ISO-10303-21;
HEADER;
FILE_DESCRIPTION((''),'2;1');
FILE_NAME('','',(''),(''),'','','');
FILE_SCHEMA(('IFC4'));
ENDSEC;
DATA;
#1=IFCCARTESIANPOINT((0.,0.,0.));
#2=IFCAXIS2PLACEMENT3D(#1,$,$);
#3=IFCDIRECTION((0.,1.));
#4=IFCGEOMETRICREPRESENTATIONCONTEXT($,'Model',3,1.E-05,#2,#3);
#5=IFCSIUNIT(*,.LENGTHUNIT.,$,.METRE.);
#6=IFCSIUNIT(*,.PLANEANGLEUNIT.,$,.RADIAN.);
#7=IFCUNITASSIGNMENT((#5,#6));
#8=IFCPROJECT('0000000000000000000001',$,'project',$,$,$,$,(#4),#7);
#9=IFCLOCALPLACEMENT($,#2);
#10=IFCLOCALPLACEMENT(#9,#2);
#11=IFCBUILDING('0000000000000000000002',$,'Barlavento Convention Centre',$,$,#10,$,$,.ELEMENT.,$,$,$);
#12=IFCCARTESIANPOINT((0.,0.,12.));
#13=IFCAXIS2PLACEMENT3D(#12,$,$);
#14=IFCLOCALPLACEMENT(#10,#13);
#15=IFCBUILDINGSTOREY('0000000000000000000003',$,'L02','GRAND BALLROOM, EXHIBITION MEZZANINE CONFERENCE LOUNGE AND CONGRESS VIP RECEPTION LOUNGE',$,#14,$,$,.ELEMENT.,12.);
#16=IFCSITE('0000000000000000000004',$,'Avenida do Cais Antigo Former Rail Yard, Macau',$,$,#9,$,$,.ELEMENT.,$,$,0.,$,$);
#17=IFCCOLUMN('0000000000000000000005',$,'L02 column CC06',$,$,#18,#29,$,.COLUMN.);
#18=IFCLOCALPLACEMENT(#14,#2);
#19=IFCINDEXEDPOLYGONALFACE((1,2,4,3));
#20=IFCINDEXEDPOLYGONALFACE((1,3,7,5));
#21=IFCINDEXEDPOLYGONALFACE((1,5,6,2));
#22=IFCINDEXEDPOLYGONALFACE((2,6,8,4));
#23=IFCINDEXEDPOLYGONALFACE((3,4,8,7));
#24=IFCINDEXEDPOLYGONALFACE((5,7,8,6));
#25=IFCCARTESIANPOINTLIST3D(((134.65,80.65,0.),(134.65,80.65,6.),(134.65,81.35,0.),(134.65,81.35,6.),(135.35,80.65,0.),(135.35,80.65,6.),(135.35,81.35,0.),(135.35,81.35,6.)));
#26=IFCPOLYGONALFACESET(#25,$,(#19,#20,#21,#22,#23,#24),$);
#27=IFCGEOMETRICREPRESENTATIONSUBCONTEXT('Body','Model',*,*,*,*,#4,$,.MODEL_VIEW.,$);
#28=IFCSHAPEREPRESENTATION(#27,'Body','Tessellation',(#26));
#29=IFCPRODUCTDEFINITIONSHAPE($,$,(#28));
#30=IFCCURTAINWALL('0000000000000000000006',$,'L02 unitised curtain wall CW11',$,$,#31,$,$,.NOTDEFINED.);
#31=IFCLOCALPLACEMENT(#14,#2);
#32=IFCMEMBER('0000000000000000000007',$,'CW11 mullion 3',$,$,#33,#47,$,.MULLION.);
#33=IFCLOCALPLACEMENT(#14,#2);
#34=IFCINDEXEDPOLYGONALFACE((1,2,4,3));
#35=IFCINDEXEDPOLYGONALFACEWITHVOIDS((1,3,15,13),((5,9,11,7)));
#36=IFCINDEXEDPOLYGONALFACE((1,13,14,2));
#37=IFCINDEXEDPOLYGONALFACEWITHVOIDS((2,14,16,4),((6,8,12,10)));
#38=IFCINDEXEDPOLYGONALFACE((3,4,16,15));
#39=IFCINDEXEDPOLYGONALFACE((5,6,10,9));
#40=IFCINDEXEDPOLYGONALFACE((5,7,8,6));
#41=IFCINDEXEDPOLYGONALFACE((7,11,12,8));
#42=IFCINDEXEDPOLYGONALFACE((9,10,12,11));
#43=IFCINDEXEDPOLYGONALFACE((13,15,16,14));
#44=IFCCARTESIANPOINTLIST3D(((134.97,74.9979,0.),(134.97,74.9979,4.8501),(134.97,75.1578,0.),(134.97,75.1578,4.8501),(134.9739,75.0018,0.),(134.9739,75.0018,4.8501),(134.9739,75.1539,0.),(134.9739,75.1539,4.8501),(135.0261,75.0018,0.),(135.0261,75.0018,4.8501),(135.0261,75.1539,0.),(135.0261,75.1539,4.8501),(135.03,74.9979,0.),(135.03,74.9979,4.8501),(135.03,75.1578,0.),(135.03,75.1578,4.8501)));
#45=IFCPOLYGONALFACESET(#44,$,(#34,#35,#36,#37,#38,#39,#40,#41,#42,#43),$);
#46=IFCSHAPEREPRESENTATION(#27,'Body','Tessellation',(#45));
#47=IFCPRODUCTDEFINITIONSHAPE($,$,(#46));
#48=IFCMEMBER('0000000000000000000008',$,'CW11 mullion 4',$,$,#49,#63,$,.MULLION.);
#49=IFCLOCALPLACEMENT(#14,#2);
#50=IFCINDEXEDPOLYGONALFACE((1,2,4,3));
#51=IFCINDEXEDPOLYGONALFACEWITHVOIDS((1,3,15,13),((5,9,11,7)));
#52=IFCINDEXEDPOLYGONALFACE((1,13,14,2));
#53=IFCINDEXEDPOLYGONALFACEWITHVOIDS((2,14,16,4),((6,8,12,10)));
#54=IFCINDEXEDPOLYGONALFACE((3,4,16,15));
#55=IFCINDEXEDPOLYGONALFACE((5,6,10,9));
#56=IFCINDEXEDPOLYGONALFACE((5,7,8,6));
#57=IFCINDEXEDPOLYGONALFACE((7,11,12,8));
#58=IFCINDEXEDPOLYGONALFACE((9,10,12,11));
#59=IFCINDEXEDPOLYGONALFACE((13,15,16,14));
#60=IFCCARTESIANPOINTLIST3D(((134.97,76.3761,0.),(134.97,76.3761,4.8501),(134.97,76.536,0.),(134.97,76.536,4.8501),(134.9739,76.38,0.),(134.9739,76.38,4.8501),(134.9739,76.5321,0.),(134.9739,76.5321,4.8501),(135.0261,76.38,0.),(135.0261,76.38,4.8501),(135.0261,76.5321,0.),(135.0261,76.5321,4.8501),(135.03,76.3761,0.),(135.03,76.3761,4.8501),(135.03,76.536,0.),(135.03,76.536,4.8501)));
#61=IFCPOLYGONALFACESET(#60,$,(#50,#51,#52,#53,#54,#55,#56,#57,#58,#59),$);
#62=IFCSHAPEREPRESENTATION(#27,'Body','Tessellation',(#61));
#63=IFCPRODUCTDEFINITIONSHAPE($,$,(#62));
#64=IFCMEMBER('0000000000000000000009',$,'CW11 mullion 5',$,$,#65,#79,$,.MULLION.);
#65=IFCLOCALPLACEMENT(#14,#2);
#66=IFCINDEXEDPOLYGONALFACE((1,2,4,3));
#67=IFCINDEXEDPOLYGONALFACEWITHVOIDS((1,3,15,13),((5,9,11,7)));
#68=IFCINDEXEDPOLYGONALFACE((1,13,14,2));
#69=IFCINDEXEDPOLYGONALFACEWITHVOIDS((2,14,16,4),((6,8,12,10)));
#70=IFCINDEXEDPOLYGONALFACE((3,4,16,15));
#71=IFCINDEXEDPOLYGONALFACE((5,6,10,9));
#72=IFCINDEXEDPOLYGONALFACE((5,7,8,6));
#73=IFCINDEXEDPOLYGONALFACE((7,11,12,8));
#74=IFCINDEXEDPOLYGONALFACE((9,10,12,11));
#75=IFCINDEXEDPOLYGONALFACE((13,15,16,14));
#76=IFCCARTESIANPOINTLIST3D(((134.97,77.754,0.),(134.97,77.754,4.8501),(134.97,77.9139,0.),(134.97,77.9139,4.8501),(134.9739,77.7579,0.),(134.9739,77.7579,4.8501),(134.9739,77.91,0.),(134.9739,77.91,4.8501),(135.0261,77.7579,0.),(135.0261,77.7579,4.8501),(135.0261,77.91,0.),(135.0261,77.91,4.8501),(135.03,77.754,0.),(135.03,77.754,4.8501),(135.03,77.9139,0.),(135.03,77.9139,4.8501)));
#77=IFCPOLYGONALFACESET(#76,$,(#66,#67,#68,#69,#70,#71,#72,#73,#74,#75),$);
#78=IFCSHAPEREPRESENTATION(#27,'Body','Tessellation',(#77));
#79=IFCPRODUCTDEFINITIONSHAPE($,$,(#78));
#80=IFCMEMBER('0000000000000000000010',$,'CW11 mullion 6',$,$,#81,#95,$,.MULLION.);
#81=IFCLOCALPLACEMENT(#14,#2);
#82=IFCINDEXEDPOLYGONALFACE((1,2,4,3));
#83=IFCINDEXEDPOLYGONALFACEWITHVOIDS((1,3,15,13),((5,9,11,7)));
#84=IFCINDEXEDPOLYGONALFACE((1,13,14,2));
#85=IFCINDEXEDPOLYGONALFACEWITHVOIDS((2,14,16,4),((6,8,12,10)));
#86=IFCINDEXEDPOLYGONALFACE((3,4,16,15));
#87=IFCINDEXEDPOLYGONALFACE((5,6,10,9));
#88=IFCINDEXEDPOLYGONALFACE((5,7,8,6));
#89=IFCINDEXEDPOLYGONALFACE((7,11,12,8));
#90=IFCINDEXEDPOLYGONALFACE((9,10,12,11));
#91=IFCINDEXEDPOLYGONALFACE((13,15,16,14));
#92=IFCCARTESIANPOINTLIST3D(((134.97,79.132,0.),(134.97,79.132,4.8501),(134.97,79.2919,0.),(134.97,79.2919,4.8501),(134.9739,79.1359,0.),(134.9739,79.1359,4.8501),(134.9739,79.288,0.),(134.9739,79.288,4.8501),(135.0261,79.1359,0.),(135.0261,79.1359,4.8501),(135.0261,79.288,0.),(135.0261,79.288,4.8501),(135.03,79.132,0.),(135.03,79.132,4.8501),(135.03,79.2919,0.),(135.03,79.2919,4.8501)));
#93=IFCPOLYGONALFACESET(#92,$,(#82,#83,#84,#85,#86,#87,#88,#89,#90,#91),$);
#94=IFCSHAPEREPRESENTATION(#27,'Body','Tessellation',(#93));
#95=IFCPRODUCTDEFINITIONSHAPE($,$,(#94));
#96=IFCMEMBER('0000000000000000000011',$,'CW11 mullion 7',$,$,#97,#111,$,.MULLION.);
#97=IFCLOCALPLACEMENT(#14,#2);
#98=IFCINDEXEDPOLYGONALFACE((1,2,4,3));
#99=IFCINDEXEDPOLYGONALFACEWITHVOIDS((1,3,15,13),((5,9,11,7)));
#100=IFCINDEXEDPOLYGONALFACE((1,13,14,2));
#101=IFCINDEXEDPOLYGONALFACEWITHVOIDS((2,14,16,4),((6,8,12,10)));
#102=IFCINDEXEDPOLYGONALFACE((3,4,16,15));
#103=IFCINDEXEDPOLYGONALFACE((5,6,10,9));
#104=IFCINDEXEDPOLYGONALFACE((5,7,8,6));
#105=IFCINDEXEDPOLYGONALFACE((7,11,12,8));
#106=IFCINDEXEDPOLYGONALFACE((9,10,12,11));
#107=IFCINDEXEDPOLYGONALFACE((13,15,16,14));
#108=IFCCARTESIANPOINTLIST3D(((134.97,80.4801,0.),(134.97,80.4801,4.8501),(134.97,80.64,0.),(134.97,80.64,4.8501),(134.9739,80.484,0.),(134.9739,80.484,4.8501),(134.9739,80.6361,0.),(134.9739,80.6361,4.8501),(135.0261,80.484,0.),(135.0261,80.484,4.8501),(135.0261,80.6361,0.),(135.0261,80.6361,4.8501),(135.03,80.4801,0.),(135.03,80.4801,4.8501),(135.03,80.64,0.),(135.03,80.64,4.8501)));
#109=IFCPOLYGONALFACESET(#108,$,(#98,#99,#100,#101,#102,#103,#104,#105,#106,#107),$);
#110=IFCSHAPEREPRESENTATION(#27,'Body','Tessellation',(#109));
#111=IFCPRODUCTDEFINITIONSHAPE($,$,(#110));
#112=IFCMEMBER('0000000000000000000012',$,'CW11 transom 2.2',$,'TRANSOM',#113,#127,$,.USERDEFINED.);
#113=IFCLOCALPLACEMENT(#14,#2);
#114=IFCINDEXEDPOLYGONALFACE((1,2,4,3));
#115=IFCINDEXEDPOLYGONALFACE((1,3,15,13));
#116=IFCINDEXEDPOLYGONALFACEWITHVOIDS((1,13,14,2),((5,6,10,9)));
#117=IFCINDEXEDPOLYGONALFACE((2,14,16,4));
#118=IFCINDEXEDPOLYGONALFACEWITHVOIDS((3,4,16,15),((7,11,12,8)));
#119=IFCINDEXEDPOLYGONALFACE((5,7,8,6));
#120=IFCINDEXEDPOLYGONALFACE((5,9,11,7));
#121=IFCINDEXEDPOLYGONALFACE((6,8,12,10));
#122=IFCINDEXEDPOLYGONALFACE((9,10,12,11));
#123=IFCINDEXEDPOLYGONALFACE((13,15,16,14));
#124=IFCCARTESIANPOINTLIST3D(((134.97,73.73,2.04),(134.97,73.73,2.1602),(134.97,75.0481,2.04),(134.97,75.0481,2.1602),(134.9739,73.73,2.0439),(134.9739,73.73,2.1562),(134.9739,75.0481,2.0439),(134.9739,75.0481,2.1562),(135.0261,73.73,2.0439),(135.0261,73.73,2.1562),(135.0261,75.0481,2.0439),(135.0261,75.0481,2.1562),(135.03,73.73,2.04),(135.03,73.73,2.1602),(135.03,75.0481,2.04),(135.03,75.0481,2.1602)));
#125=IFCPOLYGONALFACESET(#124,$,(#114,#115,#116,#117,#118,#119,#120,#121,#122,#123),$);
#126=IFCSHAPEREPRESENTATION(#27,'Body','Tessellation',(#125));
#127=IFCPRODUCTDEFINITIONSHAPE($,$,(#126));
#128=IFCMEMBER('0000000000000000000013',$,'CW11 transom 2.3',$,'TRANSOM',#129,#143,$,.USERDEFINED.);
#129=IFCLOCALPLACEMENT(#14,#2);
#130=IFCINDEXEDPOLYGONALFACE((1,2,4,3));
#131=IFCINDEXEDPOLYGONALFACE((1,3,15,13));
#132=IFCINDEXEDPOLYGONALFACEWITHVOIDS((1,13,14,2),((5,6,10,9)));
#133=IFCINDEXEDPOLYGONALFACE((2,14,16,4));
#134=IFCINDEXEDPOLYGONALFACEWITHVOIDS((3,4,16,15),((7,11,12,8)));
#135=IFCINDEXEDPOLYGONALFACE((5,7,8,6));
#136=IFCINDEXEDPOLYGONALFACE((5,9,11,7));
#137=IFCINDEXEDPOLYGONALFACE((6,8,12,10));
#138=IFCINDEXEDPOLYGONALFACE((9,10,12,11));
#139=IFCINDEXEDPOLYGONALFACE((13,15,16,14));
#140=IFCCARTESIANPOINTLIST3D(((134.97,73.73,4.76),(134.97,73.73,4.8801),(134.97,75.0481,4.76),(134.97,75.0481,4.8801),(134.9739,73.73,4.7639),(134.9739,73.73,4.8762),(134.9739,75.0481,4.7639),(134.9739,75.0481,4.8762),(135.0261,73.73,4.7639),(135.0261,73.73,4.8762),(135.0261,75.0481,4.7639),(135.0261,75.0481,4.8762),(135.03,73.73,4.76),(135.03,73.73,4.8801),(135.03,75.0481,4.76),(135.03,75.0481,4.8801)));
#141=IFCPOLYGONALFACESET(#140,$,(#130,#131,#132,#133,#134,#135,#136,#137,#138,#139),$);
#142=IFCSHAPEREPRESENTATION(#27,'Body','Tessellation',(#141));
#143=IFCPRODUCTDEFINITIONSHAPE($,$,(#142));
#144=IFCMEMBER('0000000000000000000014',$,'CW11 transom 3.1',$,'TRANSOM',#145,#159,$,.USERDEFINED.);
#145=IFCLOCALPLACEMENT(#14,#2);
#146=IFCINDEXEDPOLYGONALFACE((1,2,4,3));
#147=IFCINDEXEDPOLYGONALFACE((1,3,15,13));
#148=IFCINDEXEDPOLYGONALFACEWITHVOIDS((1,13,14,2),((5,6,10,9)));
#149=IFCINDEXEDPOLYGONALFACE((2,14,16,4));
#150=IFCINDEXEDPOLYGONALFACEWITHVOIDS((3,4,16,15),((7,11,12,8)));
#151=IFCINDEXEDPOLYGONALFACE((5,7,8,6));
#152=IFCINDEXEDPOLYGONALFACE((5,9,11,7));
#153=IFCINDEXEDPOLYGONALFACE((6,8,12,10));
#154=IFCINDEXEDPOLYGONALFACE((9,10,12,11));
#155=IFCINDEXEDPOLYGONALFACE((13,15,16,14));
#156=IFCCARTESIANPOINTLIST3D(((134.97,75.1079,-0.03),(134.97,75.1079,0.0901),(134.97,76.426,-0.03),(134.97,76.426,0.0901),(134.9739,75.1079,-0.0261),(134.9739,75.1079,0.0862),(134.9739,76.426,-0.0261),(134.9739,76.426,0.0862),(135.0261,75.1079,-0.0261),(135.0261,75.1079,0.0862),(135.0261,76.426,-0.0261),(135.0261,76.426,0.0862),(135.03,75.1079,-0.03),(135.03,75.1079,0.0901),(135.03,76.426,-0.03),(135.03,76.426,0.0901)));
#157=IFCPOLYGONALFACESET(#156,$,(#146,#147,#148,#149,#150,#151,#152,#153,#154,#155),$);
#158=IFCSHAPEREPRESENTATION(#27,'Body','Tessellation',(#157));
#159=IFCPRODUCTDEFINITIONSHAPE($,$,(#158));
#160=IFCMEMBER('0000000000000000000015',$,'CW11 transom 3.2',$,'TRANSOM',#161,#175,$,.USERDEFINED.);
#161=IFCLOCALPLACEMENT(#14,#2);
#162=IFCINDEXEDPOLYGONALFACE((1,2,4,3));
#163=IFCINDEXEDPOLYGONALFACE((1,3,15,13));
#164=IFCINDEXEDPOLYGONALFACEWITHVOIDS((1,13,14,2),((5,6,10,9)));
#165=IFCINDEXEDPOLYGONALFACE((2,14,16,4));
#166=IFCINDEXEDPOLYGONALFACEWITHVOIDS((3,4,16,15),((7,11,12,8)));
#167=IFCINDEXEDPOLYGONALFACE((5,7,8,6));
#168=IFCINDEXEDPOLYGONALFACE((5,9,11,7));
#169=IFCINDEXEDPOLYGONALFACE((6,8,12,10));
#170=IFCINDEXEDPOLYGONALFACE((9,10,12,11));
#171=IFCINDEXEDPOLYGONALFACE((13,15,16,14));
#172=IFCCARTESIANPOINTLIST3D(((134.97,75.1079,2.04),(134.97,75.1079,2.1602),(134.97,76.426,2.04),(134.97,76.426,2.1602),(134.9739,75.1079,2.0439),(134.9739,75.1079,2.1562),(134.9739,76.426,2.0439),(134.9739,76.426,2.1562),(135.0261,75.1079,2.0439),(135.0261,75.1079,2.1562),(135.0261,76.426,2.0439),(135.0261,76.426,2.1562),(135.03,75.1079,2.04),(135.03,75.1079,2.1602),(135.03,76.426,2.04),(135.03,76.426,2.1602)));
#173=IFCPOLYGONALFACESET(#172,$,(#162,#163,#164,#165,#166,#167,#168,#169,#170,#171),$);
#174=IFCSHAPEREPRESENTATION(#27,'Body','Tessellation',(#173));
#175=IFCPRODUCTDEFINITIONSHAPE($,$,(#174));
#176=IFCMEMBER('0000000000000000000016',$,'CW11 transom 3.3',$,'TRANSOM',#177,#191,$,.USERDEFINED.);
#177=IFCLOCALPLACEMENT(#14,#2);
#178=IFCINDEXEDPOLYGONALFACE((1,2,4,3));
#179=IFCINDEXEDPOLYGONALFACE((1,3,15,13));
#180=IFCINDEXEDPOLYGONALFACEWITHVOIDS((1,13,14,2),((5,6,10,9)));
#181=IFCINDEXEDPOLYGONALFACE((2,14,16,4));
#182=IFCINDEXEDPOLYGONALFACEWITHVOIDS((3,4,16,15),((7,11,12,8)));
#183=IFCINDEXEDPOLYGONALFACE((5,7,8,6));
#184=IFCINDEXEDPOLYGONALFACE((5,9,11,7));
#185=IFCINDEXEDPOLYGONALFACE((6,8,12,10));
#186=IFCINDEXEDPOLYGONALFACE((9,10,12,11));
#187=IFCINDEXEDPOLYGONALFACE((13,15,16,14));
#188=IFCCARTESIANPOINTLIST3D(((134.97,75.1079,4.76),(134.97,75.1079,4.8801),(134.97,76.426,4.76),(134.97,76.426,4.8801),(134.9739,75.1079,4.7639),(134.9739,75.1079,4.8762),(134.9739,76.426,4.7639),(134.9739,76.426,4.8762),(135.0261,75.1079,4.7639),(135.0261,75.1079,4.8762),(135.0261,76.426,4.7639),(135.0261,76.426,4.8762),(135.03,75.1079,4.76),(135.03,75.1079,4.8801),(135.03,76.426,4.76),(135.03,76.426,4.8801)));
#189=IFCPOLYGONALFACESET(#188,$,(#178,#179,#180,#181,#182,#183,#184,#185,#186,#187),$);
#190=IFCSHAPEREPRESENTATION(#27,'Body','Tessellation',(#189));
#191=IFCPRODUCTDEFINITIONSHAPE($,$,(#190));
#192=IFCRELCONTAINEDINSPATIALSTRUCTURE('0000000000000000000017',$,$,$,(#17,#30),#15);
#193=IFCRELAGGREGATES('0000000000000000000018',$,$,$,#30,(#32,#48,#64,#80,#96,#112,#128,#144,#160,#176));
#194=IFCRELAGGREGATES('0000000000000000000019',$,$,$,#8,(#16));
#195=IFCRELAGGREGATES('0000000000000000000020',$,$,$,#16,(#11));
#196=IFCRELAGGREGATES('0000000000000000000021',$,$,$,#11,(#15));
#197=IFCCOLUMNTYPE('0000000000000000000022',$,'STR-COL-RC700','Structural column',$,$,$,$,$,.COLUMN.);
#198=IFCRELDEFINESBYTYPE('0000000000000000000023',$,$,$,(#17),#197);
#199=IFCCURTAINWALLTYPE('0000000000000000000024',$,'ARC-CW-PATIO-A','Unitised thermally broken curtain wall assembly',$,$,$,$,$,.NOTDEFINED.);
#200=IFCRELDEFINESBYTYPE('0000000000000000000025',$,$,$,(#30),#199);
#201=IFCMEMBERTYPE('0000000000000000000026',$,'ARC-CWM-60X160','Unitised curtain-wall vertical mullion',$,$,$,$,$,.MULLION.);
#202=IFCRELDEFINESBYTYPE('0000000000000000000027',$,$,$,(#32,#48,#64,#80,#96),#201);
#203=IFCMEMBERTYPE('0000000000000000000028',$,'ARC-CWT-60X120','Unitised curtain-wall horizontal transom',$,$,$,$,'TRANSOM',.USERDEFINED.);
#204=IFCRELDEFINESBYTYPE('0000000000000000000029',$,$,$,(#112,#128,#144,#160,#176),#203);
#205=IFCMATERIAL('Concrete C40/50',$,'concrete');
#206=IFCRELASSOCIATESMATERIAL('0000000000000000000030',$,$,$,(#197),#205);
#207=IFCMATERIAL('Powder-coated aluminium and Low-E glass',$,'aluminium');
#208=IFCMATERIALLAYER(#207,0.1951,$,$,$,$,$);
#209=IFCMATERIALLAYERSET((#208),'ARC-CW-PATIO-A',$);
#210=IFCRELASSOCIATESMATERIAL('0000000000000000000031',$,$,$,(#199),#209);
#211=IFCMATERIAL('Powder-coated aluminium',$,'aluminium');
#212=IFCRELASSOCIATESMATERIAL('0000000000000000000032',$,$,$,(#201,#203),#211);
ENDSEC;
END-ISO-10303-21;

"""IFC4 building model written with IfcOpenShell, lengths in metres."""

from ifc_helpers import new_model, si_unit, direction, frame, origin, origin_2d, place, context, subcontext, project, spatial, rectangle, hollow_rectangle, extrude, material, layer, layer_set, material_profile, profile_set, type_object, element, aggregate, save


model = new_model("IFC4")

# Units and contexts
model_context = context("Model", 3, precision=1e-05, world=origin(), true_north=direction((0.0, 1.0)))
body_context = subcontext(model_context, "Body", "Model", "MODEL_VIEW")
ifc_project = project(units=[si_unit("LENGTHUNIT", "METRE"), si_unit("PLANEANGLEUNIT", "RADIAN")], contexts=[model_context])

# Site, building, storey
site_placement = place(None, origin())
site = spatial("IfcSite", under=ifc_project, at=site_placement, Name="Avenida do Cais Antigo Former Rail Yard, Macau", CompositionType="ELEMENT", RefElevation=0.0)
building_placement = place(site_placement, origin())
building = spatial("IfcBuilding", under=site, at=building_placement, Name="Barlavento Convention Centre", CompositionType="ELEMENT")
storey_placement = place(building_placement, frame((0.0, 0.0, 12.0)))
storey = spatial("IfcBuildingStorey", under=building, at=storey_placement, Name="L02", Description="GRAND BALLROOM, EXHIBITION MEZZANINE CONFERENCE LOUNGE AND CONGRESS VIP RECEPTION LOUNGE", CompositionType="ELEMENT", Elevation=12.0)

# Column
ifc_material_1 = material(Name="Concrete C40/50", Category="concrete")
ifc_material_profile_1 = material_profile(ifc_material_1, rectangle(XDim=0.7, YDim=0.7, at=origin_2d()), Name="RC 700x700")
ifc_profile_set_1 = profile_set([ifc_material_profile_1], Name="Concrete C40/50")
column_type = type_object("IfcColumnType", Name="STR-COL-RC700", Description="Structural column", PredefinedType="COLUMN", material=ifc_profile_set_1)
column_placement = place(storey_placement, frame((135.0, 81.0, 0.0), z_axis=(0.0, 0.0, 1.0), x_axis=(1.0, 0.0, 0.0)))
element("IfcColumn", 1, at=column_placement, inside=storey, type_object=column_type, Name="L02 column CC06", PredefinedType="COLUMN", context=body_context, shape_type="SweptSolid", body=[
    extrude(rectangle(XDim=0.7, YDim=0.7, at=origin_2d()), origin(), (0.0, 0.0, 1.0), 6.0),
])

# Curtain wall, members
ifc_material_2 = material(Name="Powder-coated aluminium and Low-E glass", Category="aluminium")
ifc_layer_1 = layer(ifc_material_2, 0.1951)
ifc_layer_set_1 = layer_set([ifc_layer_1], Name="ARC-CW-PATIO-A")
curtain_wall_type = type_object("IfcCurtainWallType", Name="ARC-CW-PATIO-A", Description="Unitised thermally broken curtain wall assembly", PredefinedType="NOTDEFINED", material=ifc_layer_set_1)
curtain_wall_placement = place(storey_placement, origin())
curtain_wall = element("IfcCurtainWall", 2, at=curtain_wall_placement, inside=storey, type_object=curtain_wall_type, Name="L02 unitised curtain wall CW11", PredefinedType="NOTDEFINED")
ifc_material_3 = material(Name="Powder-coated aluminium", Category="aluminium")
ifc_material_profile_2 = material_profile(ifc_material_3, hollow_rectangle(XDim=0.0601, YDim=0.1599, WallThickness=0.0039, at=origin_2d()), Name="AL-MULL 60x160x4")
ifc_profile_set_2 = profile_set([ifc_material_profile_2], Name="Powder-coated aluminium")
member_type_1 = type_object("IfcMemberType", Name="ARC-CWM-60X160", Description="Unitised curtain-wall vertical mullion", PredefinedType="MULLION", material=ifc_profile_set_2)
member_1_placement = place(storey_placement, frame((135.0, 75.0779, 0.0), z_axis=(0.0, 0.0, 1.0), x_axis=(-1.0, 0.0, 0.0)))
member_1 = element("IfcMember", 3, at=member_1_placement, type_object=member_type_1, Name="CW11 mullion 3", PredefinedType="MULLION", context=body_context, shape_type="SweptSolid", body=[
    extrude(hollow_rectangle(XDim=0.0601, YDim=0.1599, WallThickness=0.0039, at=origin_2d()), origin(), (0.0, 0.0, 1.0), 4.8501),
])
member_2_placement = place(storey_placement, frame((135.0, 76.4561, 0.0), z_axis=(0.0, 0.0, 1.0), x_axis=(-1.0, 0.0, 0.0)))
member_2 = element("IfcMember", 4, at=member_2_placement, type_object=member_type_1, Name="CW11 mullion 4", PredefinedType="MULLION", context=body_context, shape_type="SweptSolid", body=[
    extrude(hollow_rectangle(XDim=0.0601, YDim=0.1599, WallThickness=0.0039, at=origin_2d()), origin(), (0.0, 0.0, 1.0), 4.8501),
])
member_3_placement = place(storey_placement, frame((135.0, 77.834, 0.0), z_axis=(0.0, 0.0, 1.0), x_axis=(-1.0, 0.0, 0.0)))
member_3 = element("IfcMember", 5, at=member_3_placement, type_object=member_type_1, Name="CW11 mullion 5", PredefinedType="MULLION", context=body_context, shape_type="SweptSolid", body=[
    extrude(hollow_rectangle(XDim=0.0601, YDim=0.1599, WallThickness=0.0039, at=origin_2d()), origin(), (0.0, 0.0, 1.0), 4.8501),
])
member_4_placement = place(storey_placement, frame((135.0, 79.2119, 0.0), z_axis=(0.0, 0.0, 1.0), x_axis=(-1.0, 0.0, 0.0)))
member_4 = element("IfcMember", 6, at=member_4_placement, type_object=member_type_1, Name="CW11 mullion 6", PredefinedType="MULLION", context=body_context, shape_type="SweptSolid", body=[
    extrude(hollow_rectangle(XDim=0.0601, YDim=0.1599, WallThickness=0.0039, at=origin_2d()), origin(), (0.0, 0.0, 1.0), 4.8501),
])
member_5_placement = place(storey_placement, frame((135.0, 80.5601, 0.0), z_axis=(0.0, 0.0, 1.0), x_axis=(-1.0, 0.0, 0.0)))
member_5 = element("IfcMember", 7, at=member_5_placement, type_object=member_type_1, Name="CW11 mullion 7", PredefinedType="MULLION", context=body_context, shape_type="SweptSolid", body=[
    extrude(hollow_rectangle(XDim=0.0601, YDim=0.1599, WallThickness=0.0039, at=origin_2d()), origin(), (0.0, 0.0, 1.0), 4.8501),
])
ifc_material_profile_3 = material_profile(ifc_material_3, hollow_rectangle(XDim=0.0601, YDim=0.1201, WallThickness=0.0039, at=origin_2d()), Name="AL-TRAN 60x120x4")
ifc_profile_set_3 = profile_set([ifc_material_profile_3], Name="Powder-coated aluminium")
member_type_2 = type_object("IfcMemberType", Name="ARC-CWT-60X120", Description="Unitised curtain-wall horizontal transom", ElementType="TRANSOM", PredefinedType="USERDEFINED", material=ifc_profile_set_3)
member_6_placement = place(storey_placement, frame((135.0, 73.73, 2.1001), z_axis=(0.0, 1.0, 0.0), x_axis=(-1.0, 0.0, 0.0)))
member_6 = element("IfcMember", 8, at=member_6_placement, type_object=member_type_2, Name="CW11 transom 2.2", ObjectType="TRANSOM", PredefinedType="USERDEFINED", context=body_context, shape_type="SweptSolid", body=[
    extrude(hollow_rectangle(XDim=0.0601, YDim=0.1201, WallThickness=0.0039, at=origin_2d()), origin(), (0.0, 0.0, 1.0), 1.3181),
])
member_7_placement = place(storey_placement, frame((135.0, 73.73, 4.8201), z_axis=(0.0, 1.0, 0.0), x_axis=(-1.0, 0.0, 0.0)))
member_7 = element("IfcMember", 9, at=member_7_placement, type_object=member_type_2, Name="CW11 transom 2.3", ObjectType="TRANSOM", PredefinedType="USERDEFINED", context=body_context, shape_type="SweptSolid", body=[
    extrude(hollow_rectangle(XDim=0.0601, YDim=0.1201, WallThickness=0.0039, at=origin_2d()), origin(), (0.0, 0.0, 1.0), 1.3181),
])
member_8_placement = place(storey_placement, frame((135.0, 75.1079, 0.03), z_axis=(0.0, 1.0, 0.0), x_axis=(-1.0, 0.0, 0.0)))
member_8 = element("IfcMember", 10, at=member_8_placement, type_object=member_type_2, Name="CW11 transom 3.1", ObjectType="TRANSOM", PredefinedType="USERDEFINED", context=body_context, shape_type="SweptSolid", body=[
    extrude(hollow_rectangle(XDim=0.0601, YDim=0.1201, WallThickness=0.0039, at=origin_2d()), origin(), (0.0, 0.0, 1.0), 1.3181),
])
member_9_placement = place(storey_placement, frame((135.0, 75.1079, 2.1001), z_axis=(0.0, 1.0, 0.0), x_axis=(-1.0, 0.0, 0.0)))
member_9 = element("IfcMember", 11, at=member_9_placement, type_object=member_type_2, Name="CW11 transom 3.2", ObjectType="TRANSOM", PredefinedType="USERDEFINED", context=body_context, shape_type="SweptSolid", body=[
    extrude(hollow_rectangle(XDim=0.0601, YDim=0.1201, WallThickness=0.0039, at=origin_2d()), origin(), (0.0, 0.0, 1.0), 1.3181),
])
member_10_placement = place(storey_placement, frame((135.0, 75.1079, 4.8201), z_axis=(0.0, 1.0, 0.0), x_axis=(-1.0, 0.0, 0.0)))
member_10 = element("IfcMember", 12, at=member_10_placement, type_object=member_type_2, Name="CW11 transom 3.3", ObjectType="TRANSOM", PredefinedType="USERDEFINED", context=body_context, shape_type="SweptSolid", body=[
    extrude(hollow_rectangle(XDim=0.0601, YDim=0.1201, WallThickness=0.0039, at=origin_2d()), origin(), (0.0, 0.0, 1.0), 1.3181),
])

aggregate(curtain_wall, [member_1, member_2, member_3, member_4, member_5, member_6, member_7, member_8, member_9, member_10])

save(model, "model.ifc")
